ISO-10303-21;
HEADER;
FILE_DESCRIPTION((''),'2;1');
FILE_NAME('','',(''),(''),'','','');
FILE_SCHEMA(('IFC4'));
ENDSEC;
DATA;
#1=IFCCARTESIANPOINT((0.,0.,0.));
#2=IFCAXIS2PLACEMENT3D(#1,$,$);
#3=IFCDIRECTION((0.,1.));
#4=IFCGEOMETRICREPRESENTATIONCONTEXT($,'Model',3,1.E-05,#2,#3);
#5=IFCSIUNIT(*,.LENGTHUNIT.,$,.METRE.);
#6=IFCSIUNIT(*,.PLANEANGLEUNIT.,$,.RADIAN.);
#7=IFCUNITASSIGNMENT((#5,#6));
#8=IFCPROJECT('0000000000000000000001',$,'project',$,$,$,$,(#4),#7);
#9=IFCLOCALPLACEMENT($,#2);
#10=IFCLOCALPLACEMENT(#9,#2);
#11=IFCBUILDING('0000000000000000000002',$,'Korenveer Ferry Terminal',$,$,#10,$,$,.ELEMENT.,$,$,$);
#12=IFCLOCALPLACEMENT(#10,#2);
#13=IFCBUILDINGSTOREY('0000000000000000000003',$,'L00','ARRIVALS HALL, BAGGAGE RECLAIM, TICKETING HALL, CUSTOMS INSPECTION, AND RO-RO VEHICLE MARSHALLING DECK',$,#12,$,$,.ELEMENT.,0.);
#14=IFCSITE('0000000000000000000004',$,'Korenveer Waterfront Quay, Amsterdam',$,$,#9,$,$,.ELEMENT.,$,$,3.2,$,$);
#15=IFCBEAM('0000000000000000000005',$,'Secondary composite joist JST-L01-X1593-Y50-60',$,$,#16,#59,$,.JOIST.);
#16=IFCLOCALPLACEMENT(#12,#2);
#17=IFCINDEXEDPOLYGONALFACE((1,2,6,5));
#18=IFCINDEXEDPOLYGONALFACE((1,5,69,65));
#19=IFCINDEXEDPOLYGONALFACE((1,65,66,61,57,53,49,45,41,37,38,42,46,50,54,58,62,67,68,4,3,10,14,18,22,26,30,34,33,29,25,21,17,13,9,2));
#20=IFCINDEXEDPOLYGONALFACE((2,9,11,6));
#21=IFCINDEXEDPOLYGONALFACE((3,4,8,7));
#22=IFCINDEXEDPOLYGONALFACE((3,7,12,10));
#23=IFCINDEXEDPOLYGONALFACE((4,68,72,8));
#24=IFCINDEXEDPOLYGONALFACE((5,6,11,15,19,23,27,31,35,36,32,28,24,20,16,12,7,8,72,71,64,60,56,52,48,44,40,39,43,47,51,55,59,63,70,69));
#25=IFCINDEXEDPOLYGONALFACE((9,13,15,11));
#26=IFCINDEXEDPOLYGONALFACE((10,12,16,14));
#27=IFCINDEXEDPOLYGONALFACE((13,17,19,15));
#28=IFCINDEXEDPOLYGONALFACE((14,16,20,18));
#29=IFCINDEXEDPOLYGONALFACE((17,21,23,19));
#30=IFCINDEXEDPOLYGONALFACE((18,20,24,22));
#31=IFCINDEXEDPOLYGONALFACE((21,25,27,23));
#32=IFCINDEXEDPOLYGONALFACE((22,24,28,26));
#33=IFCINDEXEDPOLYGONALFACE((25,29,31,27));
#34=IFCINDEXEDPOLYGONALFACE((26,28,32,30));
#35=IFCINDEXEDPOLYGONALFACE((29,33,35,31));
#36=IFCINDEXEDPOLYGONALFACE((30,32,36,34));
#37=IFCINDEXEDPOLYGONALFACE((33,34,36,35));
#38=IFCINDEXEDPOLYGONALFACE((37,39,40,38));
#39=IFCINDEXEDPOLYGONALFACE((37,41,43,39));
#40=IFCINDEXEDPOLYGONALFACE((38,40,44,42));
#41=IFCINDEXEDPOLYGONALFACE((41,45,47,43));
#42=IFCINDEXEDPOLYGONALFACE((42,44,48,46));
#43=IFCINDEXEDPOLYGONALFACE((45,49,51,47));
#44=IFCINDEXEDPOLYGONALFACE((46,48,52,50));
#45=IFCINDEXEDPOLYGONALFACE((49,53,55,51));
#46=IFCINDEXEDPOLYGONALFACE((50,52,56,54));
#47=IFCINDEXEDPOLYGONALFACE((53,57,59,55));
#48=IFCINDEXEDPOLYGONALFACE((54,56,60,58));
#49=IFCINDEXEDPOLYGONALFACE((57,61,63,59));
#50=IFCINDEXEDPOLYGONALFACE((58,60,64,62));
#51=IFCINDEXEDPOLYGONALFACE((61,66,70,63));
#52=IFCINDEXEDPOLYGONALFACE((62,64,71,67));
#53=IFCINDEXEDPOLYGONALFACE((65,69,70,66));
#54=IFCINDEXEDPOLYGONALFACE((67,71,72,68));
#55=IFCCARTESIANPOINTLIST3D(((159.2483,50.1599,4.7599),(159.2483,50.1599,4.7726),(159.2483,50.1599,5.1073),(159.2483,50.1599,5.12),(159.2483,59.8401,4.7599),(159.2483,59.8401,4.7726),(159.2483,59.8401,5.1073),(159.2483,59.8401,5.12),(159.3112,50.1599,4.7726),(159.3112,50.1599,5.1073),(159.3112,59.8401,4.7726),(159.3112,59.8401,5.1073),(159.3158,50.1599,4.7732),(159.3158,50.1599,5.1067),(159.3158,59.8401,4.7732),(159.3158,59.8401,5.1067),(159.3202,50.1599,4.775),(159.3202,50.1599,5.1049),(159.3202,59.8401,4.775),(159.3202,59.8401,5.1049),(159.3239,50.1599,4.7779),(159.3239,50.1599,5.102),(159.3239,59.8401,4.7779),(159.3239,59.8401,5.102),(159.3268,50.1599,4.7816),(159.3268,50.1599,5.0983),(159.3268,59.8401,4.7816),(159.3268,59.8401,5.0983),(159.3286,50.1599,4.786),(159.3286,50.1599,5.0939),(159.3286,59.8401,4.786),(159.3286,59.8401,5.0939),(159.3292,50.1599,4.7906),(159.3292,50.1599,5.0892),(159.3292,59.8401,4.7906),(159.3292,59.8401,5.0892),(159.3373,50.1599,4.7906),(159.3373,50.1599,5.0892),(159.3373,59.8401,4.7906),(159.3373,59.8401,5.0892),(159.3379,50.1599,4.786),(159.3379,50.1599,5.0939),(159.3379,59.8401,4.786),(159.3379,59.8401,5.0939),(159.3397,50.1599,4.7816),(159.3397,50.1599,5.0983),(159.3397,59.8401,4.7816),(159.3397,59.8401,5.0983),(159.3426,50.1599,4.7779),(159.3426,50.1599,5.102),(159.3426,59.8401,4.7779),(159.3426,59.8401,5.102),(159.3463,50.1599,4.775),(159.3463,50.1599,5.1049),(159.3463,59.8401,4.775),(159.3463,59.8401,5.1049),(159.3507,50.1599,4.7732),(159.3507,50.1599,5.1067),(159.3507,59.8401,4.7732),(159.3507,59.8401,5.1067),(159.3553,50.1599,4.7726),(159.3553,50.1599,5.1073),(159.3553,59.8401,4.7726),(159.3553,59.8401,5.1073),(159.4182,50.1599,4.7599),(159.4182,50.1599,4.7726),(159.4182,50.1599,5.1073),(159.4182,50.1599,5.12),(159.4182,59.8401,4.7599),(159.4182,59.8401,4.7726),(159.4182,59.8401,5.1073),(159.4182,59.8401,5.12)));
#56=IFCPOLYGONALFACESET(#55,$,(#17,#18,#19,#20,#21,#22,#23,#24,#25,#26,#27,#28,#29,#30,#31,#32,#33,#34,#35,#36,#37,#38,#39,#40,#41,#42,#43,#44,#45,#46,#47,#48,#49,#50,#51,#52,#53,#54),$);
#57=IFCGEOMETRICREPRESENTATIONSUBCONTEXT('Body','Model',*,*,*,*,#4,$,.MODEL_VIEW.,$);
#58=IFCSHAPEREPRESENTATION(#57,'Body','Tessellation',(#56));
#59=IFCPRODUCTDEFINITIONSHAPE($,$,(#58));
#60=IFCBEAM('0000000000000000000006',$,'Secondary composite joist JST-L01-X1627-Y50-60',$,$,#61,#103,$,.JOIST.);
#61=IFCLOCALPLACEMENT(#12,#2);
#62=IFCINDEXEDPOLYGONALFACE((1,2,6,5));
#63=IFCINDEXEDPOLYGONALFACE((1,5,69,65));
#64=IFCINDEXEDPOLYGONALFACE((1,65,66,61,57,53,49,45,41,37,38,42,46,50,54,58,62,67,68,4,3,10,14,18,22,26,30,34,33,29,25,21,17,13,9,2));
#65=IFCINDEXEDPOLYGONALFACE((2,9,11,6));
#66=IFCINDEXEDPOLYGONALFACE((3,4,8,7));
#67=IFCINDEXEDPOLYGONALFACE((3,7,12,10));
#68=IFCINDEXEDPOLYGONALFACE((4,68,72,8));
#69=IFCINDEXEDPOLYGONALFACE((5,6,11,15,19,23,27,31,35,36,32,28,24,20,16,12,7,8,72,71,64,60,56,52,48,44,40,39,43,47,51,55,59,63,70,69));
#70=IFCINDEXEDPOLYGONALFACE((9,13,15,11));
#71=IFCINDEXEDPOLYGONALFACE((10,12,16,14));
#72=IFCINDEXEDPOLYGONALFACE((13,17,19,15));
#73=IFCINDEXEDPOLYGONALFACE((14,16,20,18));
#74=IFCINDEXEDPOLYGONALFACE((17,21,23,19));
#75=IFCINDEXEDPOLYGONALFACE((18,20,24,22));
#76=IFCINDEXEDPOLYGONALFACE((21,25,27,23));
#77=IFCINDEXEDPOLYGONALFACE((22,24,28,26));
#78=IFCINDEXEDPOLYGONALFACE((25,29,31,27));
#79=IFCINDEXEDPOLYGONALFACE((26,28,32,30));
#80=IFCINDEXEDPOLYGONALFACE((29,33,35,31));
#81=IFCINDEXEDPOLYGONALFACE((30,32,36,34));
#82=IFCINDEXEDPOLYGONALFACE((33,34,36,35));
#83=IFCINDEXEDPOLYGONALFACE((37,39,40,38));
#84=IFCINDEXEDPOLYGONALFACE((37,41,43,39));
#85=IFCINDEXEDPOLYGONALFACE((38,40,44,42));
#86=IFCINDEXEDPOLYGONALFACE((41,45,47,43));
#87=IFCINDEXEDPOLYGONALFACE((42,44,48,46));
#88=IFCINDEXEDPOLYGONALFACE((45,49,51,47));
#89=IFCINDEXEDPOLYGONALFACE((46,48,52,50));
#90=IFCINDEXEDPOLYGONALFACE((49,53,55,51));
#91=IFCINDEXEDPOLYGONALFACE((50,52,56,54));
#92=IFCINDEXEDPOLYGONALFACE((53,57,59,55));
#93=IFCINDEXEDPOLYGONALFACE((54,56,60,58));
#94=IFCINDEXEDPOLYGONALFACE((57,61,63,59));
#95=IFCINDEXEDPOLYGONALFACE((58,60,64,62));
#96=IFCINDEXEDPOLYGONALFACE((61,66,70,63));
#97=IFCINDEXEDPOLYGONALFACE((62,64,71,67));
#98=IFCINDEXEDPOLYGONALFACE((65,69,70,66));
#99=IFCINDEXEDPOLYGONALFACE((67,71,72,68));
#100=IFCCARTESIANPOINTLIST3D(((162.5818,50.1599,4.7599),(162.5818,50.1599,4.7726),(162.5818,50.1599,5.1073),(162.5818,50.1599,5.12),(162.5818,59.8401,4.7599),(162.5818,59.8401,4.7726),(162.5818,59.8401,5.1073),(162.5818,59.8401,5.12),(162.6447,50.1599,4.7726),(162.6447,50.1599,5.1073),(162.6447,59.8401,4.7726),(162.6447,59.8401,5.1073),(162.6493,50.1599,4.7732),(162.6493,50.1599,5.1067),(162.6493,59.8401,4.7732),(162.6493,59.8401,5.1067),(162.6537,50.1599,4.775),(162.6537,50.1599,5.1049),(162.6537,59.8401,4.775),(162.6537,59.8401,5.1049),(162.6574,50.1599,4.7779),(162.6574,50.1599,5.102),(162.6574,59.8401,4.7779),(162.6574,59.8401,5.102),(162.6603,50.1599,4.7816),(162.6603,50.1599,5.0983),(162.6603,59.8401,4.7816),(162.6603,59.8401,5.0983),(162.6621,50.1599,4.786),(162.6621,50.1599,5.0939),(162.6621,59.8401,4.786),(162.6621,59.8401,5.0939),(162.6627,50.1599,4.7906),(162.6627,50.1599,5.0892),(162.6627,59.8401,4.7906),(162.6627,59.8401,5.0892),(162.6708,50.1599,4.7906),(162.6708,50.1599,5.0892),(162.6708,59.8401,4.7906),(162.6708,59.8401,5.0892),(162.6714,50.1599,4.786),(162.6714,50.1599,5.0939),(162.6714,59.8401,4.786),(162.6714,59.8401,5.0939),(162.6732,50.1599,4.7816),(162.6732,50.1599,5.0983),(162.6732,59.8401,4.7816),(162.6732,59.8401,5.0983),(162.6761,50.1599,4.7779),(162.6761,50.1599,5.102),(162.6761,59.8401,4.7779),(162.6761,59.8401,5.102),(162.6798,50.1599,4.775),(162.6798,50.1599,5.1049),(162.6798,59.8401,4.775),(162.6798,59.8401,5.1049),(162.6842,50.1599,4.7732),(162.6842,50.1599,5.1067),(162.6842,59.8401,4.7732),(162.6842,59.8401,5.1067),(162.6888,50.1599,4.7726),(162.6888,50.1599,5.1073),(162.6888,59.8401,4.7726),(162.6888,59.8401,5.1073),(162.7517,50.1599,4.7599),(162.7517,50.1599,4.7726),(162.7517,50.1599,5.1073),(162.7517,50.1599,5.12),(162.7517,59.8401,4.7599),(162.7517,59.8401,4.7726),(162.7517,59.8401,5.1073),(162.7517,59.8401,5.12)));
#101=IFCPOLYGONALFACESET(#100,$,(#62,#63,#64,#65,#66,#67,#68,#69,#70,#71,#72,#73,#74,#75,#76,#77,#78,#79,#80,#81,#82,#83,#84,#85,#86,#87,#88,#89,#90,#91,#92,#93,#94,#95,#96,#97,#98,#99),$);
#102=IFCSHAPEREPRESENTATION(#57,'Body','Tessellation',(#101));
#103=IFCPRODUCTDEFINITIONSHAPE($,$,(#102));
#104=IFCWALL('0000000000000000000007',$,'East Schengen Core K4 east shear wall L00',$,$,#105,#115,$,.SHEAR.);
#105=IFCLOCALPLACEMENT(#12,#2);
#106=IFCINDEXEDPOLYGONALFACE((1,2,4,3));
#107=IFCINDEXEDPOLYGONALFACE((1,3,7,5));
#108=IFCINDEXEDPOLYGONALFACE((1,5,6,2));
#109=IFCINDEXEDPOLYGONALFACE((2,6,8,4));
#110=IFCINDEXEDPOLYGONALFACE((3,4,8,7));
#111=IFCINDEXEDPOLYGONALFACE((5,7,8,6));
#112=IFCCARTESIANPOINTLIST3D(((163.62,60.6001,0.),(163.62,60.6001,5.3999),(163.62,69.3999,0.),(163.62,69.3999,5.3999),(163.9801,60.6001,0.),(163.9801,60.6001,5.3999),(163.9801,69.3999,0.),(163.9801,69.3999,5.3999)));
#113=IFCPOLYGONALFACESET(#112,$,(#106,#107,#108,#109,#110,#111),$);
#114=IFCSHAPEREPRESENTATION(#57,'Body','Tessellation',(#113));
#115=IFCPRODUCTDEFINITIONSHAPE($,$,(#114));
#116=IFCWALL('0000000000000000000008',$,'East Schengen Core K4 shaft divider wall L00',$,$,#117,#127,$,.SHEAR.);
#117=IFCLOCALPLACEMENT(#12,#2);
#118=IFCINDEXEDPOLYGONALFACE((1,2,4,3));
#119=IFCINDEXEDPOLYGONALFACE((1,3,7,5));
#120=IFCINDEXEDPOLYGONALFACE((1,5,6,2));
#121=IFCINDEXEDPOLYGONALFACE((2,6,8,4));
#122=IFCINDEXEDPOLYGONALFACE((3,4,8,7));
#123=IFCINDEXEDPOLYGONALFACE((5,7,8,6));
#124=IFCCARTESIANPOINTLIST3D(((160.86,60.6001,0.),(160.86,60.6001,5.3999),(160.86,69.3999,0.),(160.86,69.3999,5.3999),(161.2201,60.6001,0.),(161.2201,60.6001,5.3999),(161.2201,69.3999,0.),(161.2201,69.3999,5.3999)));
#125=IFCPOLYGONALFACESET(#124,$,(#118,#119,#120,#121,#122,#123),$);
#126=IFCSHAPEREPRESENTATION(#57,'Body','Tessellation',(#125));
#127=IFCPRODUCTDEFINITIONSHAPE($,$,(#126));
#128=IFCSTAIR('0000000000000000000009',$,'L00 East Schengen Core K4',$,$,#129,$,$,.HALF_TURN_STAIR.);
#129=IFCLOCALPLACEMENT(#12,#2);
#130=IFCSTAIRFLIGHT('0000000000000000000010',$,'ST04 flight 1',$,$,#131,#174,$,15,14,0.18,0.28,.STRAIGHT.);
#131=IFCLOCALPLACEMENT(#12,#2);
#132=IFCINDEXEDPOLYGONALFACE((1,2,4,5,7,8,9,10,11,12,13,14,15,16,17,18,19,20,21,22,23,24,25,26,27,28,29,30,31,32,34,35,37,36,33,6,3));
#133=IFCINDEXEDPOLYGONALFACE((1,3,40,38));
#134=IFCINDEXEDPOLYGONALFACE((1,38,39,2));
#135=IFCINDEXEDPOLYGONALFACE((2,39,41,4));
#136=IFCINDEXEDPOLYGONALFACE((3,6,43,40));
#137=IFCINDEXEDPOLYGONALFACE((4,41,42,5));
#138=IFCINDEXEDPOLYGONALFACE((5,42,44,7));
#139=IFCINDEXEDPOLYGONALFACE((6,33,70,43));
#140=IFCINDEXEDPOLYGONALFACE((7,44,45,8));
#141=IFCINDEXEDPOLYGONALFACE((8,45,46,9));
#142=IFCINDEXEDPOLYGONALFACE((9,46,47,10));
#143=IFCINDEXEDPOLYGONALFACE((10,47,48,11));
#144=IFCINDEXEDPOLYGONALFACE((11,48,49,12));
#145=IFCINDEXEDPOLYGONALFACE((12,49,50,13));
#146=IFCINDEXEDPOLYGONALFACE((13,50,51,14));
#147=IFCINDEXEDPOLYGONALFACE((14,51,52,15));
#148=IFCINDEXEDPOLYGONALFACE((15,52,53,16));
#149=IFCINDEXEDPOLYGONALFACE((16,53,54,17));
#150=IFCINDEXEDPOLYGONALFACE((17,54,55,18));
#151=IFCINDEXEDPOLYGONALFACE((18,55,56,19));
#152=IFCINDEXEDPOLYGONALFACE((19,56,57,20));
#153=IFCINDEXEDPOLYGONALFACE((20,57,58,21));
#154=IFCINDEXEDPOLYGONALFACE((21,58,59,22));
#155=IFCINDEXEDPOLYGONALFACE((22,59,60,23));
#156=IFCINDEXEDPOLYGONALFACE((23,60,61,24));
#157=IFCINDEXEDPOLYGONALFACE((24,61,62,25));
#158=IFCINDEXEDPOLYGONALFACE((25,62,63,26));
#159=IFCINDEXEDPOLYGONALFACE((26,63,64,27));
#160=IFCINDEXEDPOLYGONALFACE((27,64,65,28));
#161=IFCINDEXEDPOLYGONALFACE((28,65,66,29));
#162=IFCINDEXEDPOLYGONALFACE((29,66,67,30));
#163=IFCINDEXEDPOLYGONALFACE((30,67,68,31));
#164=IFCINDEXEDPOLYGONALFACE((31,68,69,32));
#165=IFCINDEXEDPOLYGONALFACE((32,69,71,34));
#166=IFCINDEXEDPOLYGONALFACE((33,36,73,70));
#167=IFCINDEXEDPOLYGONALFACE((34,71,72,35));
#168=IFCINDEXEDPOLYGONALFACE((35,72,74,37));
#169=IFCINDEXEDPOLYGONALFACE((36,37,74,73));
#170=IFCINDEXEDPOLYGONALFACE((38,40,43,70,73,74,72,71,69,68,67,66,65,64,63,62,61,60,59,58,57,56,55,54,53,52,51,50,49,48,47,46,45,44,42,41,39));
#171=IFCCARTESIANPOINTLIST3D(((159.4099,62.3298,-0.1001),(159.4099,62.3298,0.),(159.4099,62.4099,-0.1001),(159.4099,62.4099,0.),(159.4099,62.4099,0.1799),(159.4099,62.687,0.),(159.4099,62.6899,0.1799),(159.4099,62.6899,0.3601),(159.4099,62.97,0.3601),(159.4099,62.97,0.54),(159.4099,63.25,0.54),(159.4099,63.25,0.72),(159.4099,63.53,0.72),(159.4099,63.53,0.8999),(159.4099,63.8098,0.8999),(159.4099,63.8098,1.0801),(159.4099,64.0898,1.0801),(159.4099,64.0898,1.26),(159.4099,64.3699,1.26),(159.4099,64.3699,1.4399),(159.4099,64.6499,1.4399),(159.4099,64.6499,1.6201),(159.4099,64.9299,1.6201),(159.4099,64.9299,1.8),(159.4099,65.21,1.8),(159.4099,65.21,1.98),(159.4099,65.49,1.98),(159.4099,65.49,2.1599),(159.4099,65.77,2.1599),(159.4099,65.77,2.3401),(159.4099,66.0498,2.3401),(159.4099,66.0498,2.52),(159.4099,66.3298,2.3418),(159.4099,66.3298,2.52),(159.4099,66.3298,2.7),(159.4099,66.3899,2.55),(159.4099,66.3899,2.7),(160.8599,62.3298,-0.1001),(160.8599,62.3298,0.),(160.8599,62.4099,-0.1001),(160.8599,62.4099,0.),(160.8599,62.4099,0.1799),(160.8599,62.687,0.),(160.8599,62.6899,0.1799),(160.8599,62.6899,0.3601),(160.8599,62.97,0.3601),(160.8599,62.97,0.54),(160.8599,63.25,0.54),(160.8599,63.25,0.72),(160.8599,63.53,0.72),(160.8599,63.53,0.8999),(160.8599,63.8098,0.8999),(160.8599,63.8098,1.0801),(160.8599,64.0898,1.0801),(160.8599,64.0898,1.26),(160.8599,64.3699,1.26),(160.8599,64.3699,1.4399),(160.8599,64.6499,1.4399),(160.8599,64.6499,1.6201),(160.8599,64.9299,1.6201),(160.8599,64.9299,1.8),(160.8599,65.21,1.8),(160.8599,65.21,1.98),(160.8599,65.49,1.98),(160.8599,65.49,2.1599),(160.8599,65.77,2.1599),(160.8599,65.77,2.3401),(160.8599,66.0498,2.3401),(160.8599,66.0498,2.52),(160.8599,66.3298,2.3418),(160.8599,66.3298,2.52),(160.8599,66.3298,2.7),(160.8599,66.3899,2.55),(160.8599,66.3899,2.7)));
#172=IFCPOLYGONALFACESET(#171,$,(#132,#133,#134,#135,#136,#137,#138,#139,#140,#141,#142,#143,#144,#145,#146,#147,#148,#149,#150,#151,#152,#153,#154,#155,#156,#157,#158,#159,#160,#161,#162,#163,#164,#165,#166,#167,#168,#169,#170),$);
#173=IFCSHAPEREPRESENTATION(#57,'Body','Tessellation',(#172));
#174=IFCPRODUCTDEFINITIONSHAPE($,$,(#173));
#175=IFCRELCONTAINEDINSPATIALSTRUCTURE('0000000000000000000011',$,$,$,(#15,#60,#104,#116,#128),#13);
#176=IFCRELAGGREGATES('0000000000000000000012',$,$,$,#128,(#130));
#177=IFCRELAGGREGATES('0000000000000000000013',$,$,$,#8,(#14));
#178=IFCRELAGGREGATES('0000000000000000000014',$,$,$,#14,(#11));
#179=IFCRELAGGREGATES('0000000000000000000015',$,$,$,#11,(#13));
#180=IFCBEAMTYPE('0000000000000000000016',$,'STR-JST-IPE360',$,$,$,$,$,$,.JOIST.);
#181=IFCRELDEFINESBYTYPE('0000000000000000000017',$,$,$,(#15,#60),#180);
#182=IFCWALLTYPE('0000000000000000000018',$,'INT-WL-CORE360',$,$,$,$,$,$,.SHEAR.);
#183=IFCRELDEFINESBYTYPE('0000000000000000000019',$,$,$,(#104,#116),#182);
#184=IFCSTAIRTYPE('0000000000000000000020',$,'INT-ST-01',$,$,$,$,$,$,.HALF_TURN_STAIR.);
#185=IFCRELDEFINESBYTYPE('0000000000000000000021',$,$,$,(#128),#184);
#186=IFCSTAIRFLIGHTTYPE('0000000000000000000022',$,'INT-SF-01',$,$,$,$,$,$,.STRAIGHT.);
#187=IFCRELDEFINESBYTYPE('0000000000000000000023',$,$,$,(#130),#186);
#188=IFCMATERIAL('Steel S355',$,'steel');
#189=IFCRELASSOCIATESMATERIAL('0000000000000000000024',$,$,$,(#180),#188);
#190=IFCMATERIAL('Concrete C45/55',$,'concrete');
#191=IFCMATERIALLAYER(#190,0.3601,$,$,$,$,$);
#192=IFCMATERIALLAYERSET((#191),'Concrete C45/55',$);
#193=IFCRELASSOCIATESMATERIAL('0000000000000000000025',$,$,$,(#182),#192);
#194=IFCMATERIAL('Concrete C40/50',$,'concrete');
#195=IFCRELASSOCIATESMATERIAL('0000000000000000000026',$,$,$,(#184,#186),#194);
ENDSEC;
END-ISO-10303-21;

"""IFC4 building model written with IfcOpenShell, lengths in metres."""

from ifc_helpers import new_model, si_unit, direction, frame, frame_2d, origin, origin_2d, place, context, subcontext, project, spatial, polyline, rectangle, i_section, outline, extrude, material, layer, layer_set, material_profile, profile_set, type_object, element, aggregate, save


model = new_model("IFC4")

# Units and contexts
model_context = context("Model", 3, precision=1e-05, world=origin(), true_north=direction((0.0, 1.0)))
body_context = subcontext(model_context, "Body", "Model", "MODEL_VIEW")
ifc_project = project(units=[si_unit("LENGTHUNIT", "METRE"), si_unit("PLANEANGLEUNIT", "RADIAN")], contexts=[model_context])

# Site, building, storey
site_placement = place(None, origin())
site = spatial("IfcSite", under=ifc_project, at=site_placement, Name="Korenveer Waterfront Quay, Amsterdam", CompositionType="ELEMENT", RefElevation=3.2)
building_placement = place(site_placement, origin())
building = spatial("IfcBuilding", under=site, at=building_placement, Name="Korenveer Ferry Terminal", CompositionType="ELEMENT")
storey_placement = place(building_placement, origin())
storey = spatial("IfcBuildingStorey", under=building, at=storey_placement, Name="L00", Description="ARRIVALS HALL, BAGGAGE RECLAIM, TICKETING HALL, CUSTOMS INSPECTION, AND RO-RO VEHICLE MARSHALLING DECK", CompositionType="ELEMENT", Elevation=0.0)

# Shared definitions
ifc_material_1 = material(Name="Concrete C40/50", Category="concrete")
ifc_material_2 = material(Name="Concrete C45/55", Category="concrete")

# Beams
ifc_material_3 = material(Name="Steel S355", Category="steel")
ifc_material_profile_1 = material_profile(ifc_material_3, i_section(OverallWidth=0.1699, OverallDepth=0.3601, WebThickness=0.0081, FlangeThickness=0.0127, FilletRadius=0.0181, at=origin_2d()), Name="IPE 360")
ifc_profile_set_1 = profile_set([ifc_material_profile_1], Name="Steel S355")
beam_type_1 = type_object("IfcBeamType", Name="STR-JST-IPE360", PredefinedType="JOIST", material=ifc_profile_set_1)
for number, where, z_axis, x_axis, name in (
    (1, (159.3333, 50.1599, 4.9399), (0.0, 1.0, 0.0), (-1.0, 0.0, 0.0), "Secondary composite joist JST-L01-X1593-Y50-60"),
    (2, (162.6667, 50.1599, 4.9399), (0.0, 1.0, 0.0), (-1.0, 0.0, 0.0), "Secondary composite joist JST-L01-X1627-Y50-60"),
):
    element("IfcBeam", number, at=place(storey_placement, frame(where, z_axis=z_axis, x_axis=x_axis)), inside=storey, type_object=beam_type_1, Name=name, PredefinedType="JOIST", context=body_context, shape_type="SweptSolid", body=[
        extrude(i_section(OverallWidth=0.1699, OverallDepth=0.3601, WebThickness=0.0081, FlangeThickness=0.0127, FilletRadius=0.0181, at=origin_2d()), origin(), (0.0, 0.0, 1.0), 9.6802),
    ])

# Walls
ifc_layer = layer(ifc_material_2, 0.3601)
ifc_layer_set = layer_set([ifc_layer], Name="Concrete C45/55")
wall_type = type_object("IfcWallType", Name="INT-WL-CORE360", PredefinedType="SHEAR", material=ifc_layer_set)
for number, where, z_axis, x_axis, name in (
    (3, (163.8, 60.6001, 0.0), (0.0, 0.0, 1.0), (0.0, 1.0, 0.0), "East Schengen Core K4 east shear wall L00"),
    (4, (161.04, 60.6001, 0.0), (0.0, 0.0, 1.0), (0.0, 1.0, 0.0), "East Schengen Core K4 shaft divider wall L00"),
):
    element("IfcWall", number, at=place(storey_placement, frame(where, z_axis=z_axis, x_axis=x_axis)), inside=storey, type_object=wall_type, Name=name, PredefinedType="SHEAR", context=body_context, shape_type="SweptSolid", body=[
        extrude(rectangle(XDim=8.7998, YDim=0.3601, at=frame_2d((4.3999, 0.0))), origin(), (0.0, 0.0, 1.0), 5.3999),
    ])

# Stair, stair flight
stair_type = type_object("IfcStairType", Name="INT-ST-01", PredefinedType="HALF_TURN_STAIR", material=ifc_material_1)
stair_placement = place(storey_placement, frame((160.135, 62.4099, 0.0)))
stair = element("IfcStair", 5, at=stair_placement, inside=storey, type_object=stair_type, Name="L00 East Schengen Core K4", PredefinedType="HALF_TURN_STAIR")
stair_flight_type = type_object("IfcStairFlightType", Name="INT-SF-01", PredefinedType="STRAIGHT", material=ifc_material_1)
stair_flight_placement = place(storey_placement, frame((160.135, 62.4099, 0.0), z_axis=(0.0, 0.0, 1.0), x_axis=(0.0, 1.0, 0.0)))
stair_flight = element("IfcStairFlight", 6, at=stair_flight_placement, type_object=stair_flight_type, Name="ST04 flight 1", NumberOfRisers=15, NumberOfTreads=14, PredefinedType="STRAIGHT", RiserHeight=0.18, TreadLength=0.28, context=body_context, shape_type="SweptSolid", body=[
    extrude(outline(polyline([(-0.0801, 0.0), (0.0, 0.0), (0.0, 0.1799), (0.28, 0.1799), (0.28, 0.3601), (0.5601, 0.3601), (0.5601, 0.54), (0.8401, 0.54), (0.8401, 0.72), (1.1201, 0.72), (1.1201, 0.8999), (1.3999, 0.8999), (1.3999, 1.0801), (1.6799, 1.0801), (1.6799, 1.26), (1.96, 1.26), (1.96, 1.4399), (2.24, 1.4399), (2.24, 1.6201), (2.52, 1.6201), (2.52, 1.8), (2.8, 1.8), (2.8, 1.98), (3.0801, 1.98), (3.0801, 2.1599), (3.3601, 2.1599), (3.3601, 2.3401), (3.6399, 2.3401), (3.6399, 2.52), (3.9199, 2.52), (3.9199, 2.7), (3.98, 2.7), (3.98, 2.55), (3.9199, 2.3418), (0.2771, 0.0), (0.0, -0.1001), (-0.0801, -0.1001), (-0.0801, 0.0)])), frame((0.0, 0.7251, 0.0), z_axis=(0.0, -1.0, 0.0), x_axis=(1.0, 0.0, 0.0)), (0.0, 0.0, 1.0), 1.45),
])
aggregate(stair, [stair_flight])

save(model, "model.ifc")
